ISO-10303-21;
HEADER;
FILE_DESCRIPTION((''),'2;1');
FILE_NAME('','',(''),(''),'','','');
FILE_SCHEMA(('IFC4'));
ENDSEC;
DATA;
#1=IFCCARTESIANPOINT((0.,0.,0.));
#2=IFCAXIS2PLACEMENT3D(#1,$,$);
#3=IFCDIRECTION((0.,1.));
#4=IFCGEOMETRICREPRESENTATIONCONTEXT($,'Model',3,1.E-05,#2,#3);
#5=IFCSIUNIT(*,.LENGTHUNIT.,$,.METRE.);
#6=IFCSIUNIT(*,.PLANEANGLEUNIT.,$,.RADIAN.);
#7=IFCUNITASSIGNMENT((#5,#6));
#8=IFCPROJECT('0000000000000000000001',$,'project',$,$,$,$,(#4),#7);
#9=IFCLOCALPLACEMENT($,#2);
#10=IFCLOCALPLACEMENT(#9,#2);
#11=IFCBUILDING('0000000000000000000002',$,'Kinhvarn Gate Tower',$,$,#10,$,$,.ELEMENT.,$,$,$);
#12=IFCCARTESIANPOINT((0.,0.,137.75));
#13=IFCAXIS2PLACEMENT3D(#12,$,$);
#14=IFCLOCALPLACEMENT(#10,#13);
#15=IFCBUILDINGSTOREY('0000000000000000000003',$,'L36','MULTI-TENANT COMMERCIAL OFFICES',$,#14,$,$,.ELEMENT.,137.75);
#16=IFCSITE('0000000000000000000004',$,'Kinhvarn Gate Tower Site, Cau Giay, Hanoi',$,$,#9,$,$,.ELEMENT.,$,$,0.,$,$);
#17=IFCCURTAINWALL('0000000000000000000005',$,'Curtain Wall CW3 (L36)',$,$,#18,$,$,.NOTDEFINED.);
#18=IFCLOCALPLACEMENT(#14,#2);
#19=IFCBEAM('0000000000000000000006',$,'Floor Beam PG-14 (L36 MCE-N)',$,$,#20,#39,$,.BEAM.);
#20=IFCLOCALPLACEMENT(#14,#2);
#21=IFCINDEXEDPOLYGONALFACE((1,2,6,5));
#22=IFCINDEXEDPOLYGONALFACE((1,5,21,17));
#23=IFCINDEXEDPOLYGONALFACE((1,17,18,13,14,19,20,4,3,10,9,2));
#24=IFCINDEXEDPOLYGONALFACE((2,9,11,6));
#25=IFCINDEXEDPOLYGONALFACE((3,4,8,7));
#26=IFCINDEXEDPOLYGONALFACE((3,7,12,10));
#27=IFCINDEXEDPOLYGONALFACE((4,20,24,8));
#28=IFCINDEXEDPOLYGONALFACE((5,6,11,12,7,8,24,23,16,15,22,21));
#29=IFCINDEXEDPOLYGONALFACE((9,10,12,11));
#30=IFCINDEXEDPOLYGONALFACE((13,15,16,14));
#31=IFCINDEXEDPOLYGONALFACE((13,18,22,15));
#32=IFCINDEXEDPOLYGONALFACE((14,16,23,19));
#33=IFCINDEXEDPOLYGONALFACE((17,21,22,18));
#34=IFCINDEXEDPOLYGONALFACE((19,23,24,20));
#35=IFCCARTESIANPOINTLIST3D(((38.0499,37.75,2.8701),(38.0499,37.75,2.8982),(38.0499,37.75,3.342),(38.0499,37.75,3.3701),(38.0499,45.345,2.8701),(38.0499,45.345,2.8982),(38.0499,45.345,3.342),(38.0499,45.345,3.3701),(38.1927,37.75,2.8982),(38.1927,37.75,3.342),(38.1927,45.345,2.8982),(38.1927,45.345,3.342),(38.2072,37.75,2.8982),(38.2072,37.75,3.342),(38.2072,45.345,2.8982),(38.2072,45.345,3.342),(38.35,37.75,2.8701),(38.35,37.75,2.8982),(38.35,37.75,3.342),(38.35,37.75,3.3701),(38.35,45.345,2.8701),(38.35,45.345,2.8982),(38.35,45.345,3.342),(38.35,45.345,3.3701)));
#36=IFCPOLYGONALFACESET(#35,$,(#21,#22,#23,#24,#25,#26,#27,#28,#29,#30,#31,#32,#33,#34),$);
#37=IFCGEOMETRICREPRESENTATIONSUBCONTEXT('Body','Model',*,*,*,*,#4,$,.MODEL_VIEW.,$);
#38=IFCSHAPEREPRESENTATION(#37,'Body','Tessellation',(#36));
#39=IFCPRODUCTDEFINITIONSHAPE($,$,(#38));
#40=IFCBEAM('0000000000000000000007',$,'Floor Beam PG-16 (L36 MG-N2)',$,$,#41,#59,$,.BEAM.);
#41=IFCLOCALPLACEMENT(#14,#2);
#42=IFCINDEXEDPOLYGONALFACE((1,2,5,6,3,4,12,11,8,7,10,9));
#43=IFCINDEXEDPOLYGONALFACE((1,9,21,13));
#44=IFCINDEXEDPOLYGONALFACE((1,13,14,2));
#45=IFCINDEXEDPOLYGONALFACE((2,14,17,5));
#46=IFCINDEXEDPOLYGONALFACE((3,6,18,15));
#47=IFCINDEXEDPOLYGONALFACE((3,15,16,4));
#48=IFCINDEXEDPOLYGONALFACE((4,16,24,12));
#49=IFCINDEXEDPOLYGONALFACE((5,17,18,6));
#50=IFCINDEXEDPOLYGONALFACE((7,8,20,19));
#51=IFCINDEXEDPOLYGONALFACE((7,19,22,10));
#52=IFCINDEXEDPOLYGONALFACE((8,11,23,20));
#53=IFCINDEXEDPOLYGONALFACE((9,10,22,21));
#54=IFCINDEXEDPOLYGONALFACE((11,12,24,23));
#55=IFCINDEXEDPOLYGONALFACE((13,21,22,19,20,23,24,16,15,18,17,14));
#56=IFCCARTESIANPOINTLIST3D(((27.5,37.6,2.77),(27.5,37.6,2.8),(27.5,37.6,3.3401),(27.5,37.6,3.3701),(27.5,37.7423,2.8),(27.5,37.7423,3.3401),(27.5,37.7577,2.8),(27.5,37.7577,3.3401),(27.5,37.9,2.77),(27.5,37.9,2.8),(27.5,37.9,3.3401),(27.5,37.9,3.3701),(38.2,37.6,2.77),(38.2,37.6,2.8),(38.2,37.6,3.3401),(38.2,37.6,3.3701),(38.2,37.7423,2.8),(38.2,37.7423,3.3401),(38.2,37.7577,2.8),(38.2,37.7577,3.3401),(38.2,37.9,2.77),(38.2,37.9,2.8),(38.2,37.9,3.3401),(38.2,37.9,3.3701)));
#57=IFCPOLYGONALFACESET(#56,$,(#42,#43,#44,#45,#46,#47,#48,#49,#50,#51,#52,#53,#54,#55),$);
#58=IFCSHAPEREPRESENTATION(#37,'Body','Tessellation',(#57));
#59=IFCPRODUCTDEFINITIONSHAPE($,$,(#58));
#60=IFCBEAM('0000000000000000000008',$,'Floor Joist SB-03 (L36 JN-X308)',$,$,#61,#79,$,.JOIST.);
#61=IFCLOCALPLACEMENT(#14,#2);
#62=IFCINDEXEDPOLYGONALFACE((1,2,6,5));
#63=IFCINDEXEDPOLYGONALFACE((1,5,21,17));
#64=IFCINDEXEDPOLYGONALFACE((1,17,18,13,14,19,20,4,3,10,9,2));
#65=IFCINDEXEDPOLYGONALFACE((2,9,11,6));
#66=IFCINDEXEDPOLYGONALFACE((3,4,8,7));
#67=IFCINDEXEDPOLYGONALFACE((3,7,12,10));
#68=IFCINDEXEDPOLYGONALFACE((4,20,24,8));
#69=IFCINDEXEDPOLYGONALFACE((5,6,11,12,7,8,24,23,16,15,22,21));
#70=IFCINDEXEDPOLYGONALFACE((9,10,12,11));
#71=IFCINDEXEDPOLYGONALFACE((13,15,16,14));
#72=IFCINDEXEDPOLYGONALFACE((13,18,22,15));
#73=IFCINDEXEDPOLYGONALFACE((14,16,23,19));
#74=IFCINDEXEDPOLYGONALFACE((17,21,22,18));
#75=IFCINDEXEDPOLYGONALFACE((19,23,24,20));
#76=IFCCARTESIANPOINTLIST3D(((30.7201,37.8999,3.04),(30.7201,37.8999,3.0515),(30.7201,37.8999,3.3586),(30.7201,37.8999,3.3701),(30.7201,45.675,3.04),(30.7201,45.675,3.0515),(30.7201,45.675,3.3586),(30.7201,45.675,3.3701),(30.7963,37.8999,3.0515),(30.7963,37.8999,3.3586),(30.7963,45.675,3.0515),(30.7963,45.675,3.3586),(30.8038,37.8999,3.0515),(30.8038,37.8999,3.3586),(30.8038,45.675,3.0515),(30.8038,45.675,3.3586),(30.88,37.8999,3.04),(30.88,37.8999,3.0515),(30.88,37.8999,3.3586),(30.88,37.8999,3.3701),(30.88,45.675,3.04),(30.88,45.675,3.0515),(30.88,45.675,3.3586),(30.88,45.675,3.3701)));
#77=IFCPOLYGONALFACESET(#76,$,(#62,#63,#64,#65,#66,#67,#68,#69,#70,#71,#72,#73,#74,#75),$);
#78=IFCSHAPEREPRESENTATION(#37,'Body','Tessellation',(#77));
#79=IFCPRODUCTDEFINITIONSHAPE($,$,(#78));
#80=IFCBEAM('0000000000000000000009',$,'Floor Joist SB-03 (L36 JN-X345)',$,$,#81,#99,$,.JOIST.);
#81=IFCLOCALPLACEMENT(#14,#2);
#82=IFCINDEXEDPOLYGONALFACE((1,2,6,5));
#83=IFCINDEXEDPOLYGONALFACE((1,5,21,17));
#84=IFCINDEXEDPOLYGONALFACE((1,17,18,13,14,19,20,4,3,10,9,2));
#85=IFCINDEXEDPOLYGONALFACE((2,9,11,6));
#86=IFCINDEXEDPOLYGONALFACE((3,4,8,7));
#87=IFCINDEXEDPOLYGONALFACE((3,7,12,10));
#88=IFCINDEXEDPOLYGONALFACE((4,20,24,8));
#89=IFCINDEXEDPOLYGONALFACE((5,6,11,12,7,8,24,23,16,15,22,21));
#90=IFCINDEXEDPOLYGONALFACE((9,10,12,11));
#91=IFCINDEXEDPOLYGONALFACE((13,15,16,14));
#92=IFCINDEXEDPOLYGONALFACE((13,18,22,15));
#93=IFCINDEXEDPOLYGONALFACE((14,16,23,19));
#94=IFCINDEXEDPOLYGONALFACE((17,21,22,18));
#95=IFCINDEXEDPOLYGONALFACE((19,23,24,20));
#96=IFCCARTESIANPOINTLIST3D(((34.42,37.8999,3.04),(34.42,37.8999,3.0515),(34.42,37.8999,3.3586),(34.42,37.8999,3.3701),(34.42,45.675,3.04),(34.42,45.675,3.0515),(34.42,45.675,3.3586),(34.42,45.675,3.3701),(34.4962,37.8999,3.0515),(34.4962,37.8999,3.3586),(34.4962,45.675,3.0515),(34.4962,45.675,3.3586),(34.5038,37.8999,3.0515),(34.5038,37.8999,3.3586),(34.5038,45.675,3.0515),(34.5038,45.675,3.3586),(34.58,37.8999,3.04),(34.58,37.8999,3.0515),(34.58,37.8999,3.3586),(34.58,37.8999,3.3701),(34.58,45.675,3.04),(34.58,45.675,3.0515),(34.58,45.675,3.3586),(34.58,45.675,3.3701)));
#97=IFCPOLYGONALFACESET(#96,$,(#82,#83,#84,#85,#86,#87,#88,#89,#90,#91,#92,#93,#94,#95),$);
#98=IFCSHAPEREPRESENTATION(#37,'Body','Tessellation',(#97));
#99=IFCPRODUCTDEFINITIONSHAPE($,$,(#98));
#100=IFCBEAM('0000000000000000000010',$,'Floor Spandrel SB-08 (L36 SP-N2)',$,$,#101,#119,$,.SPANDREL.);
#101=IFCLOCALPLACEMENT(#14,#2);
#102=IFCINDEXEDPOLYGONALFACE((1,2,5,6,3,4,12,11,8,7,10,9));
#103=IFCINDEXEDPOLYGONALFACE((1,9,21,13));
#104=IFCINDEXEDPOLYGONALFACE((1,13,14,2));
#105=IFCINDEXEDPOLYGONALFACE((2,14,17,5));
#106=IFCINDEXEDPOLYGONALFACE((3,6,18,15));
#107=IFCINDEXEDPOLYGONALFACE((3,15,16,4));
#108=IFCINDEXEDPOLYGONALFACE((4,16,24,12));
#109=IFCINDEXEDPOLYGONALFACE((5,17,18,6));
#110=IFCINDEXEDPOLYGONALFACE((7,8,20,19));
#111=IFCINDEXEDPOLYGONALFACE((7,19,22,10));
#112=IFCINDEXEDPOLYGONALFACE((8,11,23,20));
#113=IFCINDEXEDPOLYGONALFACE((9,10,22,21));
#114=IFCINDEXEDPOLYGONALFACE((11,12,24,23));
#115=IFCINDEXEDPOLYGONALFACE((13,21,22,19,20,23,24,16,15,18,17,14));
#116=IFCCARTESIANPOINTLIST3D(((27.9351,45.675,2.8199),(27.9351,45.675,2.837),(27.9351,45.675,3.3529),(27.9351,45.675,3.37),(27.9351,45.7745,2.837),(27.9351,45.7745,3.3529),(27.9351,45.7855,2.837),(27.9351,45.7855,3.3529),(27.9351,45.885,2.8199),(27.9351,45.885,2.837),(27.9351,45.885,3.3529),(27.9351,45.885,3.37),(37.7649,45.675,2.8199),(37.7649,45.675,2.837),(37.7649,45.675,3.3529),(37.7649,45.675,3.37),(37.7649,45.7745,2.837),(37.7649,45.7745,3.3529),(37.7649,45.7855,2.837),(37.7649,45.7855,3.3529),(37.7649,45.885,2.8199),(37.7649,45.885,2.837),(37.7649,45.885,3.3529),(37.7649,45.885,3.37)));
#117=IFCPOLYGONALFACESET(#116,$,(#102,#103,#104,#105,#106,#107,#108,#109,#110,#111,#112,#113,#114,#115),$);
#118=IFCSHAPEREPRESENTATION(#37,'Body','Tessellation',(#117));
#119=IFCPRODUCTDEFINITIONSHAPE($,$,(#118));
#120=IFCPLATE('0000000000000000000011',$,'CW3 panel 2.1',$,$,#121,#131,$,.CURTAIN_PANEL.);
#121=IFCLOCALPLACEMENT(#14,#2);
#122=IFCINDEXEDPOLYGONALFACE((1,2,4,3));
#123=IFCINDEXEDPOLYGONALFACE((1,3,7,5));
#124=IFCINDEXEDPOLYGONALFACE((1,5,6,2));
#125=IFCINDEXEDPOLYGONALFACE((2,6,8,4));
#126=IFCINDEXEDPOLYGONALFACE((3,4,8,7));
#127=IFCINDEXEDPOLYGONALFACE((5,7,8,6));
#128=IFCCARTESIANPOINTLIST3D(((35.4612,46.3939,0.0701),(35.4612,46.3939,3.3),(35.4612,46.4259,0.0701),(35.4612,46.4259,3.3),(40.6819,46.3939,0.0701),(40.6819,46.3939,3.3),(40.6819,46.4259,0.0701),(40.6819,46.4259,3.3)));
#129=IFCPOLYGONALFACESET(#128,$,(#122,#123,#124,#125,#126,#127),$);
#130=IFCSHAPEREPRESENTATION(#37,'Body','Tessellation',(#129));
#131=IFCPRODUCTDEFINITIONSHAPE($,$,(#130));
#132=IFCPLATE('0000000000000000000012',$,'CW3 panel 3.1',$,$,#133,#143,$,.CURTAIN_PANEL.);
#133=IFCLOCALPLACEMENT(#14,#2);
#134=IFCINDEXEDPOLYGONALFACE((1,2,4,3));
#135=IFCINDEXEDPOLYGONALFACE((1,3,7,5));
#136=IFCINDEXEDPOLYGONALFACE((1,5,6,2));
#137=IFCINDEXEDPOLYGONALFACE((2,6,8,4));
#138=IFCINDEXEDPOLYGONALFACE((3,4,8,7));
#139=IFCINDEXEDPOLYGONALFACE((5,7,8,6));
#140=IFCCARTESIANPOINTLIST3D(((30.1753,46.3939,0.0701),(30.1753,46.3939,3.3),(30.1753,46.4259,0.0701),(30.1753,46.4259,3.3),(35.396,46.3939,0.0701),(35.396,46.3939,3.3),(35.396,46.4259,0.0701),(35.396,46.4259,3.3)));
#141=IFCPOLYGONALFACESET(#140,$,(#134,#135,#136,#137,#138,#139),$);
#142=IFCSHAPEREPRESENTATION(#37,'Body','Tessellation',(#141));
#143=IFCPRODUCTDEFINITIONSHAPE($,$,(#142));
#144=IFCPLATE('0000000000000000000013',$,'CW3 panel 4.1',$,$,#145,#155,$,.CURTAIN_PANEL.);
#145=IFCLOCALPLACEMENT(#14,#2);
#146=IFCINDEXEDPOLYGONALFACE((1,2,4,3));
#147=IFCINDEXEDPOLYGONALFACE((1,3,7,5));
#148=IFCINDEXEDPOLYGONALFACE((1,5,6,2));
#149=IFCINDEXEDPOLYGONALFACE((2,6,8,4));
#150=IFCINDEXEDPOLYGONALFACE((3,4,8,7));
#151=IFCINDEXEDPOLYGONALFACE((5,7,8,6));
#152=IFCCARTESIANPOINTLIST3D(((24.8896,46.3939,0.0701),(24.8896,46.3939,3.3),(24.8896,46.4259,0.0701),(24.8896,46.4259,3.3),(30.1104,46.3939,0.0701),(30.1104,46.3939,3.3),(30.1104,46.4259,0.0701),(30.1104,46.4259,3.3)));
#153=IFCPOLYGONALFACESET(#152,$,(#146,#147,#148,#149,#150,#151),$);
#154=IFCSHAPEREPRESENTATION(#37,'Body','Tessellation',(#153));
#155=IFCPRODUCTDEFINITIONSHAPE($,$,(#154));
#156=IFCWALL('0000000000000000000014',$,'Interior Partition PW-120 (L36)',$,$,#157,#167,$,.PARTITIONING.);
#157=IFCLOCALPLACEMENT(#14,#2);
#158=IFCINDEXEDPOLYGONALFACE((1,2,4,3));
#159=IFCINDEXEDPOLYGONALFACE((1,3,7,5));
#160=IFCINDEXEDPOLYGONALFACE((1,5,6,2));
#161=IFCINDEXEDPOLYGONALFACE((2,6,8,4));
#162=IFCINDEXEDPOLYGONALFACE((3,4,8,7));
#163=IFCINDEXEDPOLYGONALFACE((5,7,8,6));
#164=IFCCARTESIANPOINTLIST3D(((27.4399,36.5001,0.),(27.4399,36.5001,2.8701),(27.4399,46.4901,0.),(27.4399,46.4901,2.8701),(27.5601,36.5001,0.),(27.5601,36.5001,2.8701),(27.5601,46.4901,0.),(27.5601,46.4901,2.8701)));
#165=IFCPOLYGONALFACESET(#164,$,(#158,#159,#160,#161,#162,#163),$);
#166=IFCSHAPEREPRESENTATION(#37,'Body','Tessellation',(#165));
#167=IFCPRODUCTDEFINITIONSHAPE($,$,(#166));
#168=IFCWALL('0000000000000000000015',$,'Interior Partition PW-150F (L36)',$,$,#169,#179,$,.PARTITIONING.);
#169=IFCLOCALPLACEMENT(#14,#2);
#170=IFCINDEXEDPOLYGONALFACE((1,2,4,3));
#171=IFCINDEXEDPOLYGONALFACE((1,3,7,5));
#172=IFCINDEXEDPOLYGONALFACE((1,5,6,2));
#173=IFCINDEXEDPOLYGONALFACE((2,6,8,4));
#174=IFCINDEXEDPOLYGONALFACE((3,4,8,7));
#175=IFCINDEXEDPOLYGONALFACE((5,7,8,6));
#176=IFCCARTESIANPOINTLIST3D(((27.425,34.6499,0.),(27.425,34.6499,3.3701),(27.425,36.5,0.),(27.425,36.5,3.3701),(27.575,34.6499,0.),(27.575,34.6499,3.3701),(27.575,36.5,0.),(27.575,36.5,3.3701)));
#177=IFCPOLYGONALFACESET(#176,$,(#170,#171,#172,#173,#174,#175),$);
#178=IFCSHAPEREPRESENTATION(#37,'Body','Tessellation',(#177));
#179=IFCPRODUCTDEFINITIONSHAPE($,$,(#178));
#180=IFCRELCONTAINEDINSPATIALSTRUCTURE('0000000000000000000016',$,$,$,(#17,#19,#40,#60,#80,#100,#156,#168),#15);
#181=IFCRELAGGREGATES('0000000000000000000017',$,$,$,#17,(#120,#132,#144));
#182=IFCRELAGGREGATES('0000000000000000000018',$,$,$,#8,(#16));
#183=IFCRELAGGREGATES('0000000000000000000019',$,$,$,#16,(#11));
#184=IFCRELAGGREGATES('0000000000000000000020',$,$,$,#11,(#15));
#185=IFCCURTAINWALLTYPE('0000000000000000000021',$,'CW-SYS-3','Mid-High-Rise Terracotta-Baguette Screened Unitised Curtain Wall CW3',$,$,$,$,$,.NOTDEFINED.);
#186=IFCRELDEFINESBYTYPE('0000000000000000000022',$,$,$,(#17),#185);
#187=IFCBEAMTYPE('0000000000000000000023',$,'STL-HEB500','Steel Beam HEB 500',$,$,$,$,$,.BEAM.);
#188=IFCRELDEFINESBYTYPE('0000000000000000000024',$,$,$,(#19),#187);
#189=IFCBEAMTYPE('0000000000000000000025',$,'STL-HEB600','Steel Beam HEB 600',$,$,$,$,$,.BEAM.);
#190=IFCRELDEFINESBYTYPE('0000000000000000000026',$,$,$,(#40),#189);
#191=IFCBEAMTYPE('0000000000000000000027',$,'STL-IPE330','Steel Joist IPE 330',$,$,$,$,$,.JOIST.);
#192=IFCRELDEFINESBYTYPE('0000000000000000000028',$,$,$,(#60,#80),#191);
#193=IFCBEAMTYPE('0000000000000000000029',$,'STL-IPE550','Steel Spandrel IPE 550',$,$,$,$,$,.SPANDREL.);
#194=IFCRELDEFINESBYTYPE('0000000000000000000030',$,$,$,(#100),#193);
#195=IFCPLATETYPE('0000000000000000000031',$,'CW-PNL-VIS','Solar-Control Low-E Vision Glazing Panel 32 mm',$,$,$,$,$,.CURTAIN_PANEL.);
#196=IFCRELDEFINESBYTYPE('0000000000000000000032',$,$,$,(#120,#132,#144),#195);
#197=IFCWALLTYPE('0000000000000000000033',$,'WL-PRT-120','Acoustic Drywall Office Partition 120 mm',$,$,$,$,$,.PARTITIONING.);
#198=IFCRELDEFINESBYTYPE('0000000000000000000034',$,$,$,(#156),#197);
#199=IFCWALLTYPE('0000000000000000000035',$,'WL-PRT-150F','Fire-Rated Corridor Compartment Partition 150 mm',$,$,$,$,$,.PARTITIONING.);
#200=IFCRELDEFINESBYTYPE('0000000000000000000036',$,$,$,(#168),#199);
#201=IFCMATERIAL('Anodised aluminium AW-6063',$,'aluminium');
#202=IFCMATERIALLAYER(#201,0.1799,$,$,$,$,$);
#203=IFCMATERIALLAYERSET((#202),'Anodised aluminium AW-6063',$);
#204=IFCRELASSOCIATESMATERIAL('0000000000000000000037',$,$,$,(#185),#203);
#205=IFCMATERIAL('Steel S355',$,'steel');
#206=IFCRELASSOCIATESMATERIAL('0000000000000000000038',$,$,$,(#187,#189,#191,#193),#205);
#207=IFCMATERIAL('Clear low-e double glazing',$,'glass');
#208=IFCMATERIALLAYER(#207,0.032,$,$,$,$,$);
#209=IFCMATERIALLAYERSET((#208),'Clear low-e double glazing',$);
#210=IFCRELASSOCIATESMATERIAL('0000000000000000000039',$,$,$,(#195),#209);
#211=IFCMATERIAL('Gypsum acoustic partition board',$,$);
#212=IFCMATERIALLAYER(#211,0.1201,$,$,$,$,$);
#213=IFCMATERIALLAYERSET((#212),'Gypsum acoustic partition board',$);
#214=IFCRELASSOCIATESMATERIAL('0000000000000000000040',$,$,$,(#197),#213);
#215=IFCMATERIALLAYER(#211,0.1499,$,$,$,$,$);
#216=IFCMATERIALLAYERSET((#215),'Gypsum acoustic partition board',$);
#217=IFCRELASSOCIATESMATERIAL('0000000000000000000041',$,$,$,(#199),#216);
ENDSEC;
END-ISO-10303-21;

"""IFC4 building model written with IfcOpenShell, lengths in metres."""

from ifc_helpers import new_model, si_unit, direction, frame, frame_2d, origin, origin_2d, place, context, subcontext, project, spatial, rectangle, i_section, extrude, material, layer, layer_set, material_profile, profile_set, type_object, element, aggregate, save


model = new_model("IFC4")

# Units and contexts
model_context = context("Model", 3, precision=1e-05, world=origin(), true_north=direction((0.0, 1.0)))
body_context = subcontext(model_context, "Body", "Model", "MODEL_VIEW")
ifc_project = project(units=[si_unit("LENGTHUNIT", "METRE"), si_unit("PLANEANGLEUNIT", "RADIAN")], contexts=[model_context])

# Site, building, storey
site_placement = place(None, origin())
site = spatial("IfcSite", under=ifc_project, at=site_placement, Name="Kinhvarn Gate Tower Site, Cau Giay, Hanoi", CompositionType="ELEMENT", RefElevation=0.0)
building_placement = place(site_placement, origin())
building = spatial("IfcBuilding", under=site, at=building_placement, Name="Kinhvarn Gate Tower", CompositionType="ELEMENT")
storey_placement = place(building_placement, frame((0.0, 0.0, 137.75)))
storey = spatial("IfcBuildingStorey", under=building, at=storey_placement, Name="L36", Description="MULTI-TENANT COMMERCIAL OFFICES", CompositionType="ELEMENT", Elevation=137.75)

# Curtain wall
ifc_material_1 = material(Name="Anodised aluminium AW-6063", Category="aluminium")
ifc_layer_1 = layer(ifc_material_1, 0.1799)
ifc_layer_set_1 = layer_set([ifc_layer_1], Name="Anodised aluminium AW-6063")
curtain_wall_type = type_object("IfcCurtainWallType", Name="CW-SYS-3", Description="Mid-High-Rise Terracotta-Baguette Screened Unitised Curtain Wall CW3", PredefinedType="NOTDEFINED", material=ifc_layer_set_1)
curtain_wall_placement = place(storey_placement, origin())
curtain_wall = element("IfcCurtainWall", 1, at=curtain_wall_placement, inside=storey, type_object=curtain_wall_type, Name="Curtain Wall CW3 (L36)", PredefinedType="NOTDEFINED")

# Beams
ifc_material_2 = material(Name="Steel S355", Category="steel")
ifc_material_profile_1 = material_profile(ifc_material_2, i_section(OverallWidth=0.3, OverallDepth=0.5, WebThickness=0.0144, FlangeThickness=0.0281, at=origin_2d()), Name="HEB 500")
ifc_profile_set_1 = profile_set([ifc_material_profile_1], Name="Steel S355")
beam_type_1 = type_object("IfcBeamType", Name="STL-HEB500", Description="Steel Beam HEB 500", PredefinedType="BEAM", material=ifc_profile_set_1)
for number, where, z_axis, x_axis, name in (
    (2, (38.2, 37.75, 3.1201), (0.0, 1.0, 0.0), (-1.0, 0.0, 0.0), "Floor Beam PG-14 (L36 MCE-N)"),
):
    element("IfcBeam", number, at=place(storey_placement, frame(where, z_axis=z_axis, x_axis=x_axis)), inside=storey, type_object=beam_type_1, Name=name, PredefinedType="BEAM", context=body_context, shape_type="SweptSolid", body=[
        extrude(i_section(OverallWidth=0.3, OverallDepth=0.5, WebThickness=0.0144, FlangeThickness=0.0281, at=origin_2d()), origin(), (0.0, 0.0, 1.0), 7.595),
    ])
ifc_material_profile_2 = material_profile(ifc_material_2, i_section(OverallWidth=0.3, OverallDepth=0.6001, WebThickness=0.0154, FlangeThickness=0.03, at=origin_2d()), Name="HEB 600")
ifc_profile_set_2 = profile_set([ifc_material_profile_2], Name="Steel S355")
beam_type_2 = type_object("IfcBeamType", Name="STL-HEB600", Description="Steel Beam HEB 600", PredefinedType="BEAM", material=ifc_profile_set_2)
beam_1_placement = place(storey_placement, frame((27.5, 37.75, 3.0701), z_axis=(1.0, 0.0, 0.0), x_axis=(0.0, 1.0, 0.0)))
element("IfcBeam", 3, at=beam_1_placement, inside=storey, type_object=beam_type_2, Name="Floor Beam PG-16 (L36 MG-N2)", PredefinedType="BEAM", context=body_context, shape_type="SweptSolid", body=[
    extrude(i_section(OverallWidth=0.3, OverallDepth=0.6001, WebThickness=0.0154, FlangeThickness=0.03, at=origin_2d()), origin(), (0.0, 0.0, 1.0), 10.7),
])
ifc_material_profile_3 = material_profile(ifc_material_2, i_section(OverallWidth=0.1599, OverallDepth=0.3301, WebThickness=0.0076, FlangeThickness=0.0115, at=origin_2d()), Name="IPE 330")
ifc_profile_set_3 = profile_set([ifc_material_profile_3], Name="Steel S355")
beam_type_3 = type_object("IfcBeamType", Name="STL-IPE330", Description="Steel Joist IPE 330", PredefinedType="JOIST", material=ifc_profile_set_3)
for number, where, z_axis, x_axis, name in (
    (4, (30.8, 37.8999, 3.2051), (0.0, 1.0, 0.0), (-1.0, 0.0, 0.0), "Floor Joist SB-03 (L36 JN-X308)"),
    (5, (34.5, 37.8999, 3.2051), (0.0, 1.0, 0.0), (-1.0, 0.0, 0.0), "Floor Joist SB-03 (L36 JN-X345)"),
):
    element("IfcBeam", number, at=place(storey_placement, frame(where, z_axis=z_axis, x_axis=x_axis)), inside=storey, type_object=beam_type_3, Name=name, PredefinedType="JOIST", context=body_context, shape_type="SweptSolid", body=[
        extrude(i_section(OverallWidth=0.1599, OverallDepth=0.3301, WebThickness=0.0076, FlangeThickness=0.0115, at=origin_2d()), origin(), (0.0, 0.0, 1.0), 7.7751),
    ])
ifc_material_profile_4 = material_profile(ifc_material_2, i_section(OverallWidth=0.21, OverallDepth=0.55, WebThickness=0.011, FlangeThickness=0.0171, at=origin_2d()), Name="IPE 550")
ifc_profile_set_4 = profile_set([ifc_material_profile_4], Name="Steel S355")
beam_type_4 = type_object("IfcBeamType", Name="STL-IPE550", Description="Steel Spandrel IPE 550", PredefinedType="SPANDREL", material=ifc_profile_set_4)
beam_2_placement = place(storey_placement, frame((27.9351, 45.78, 3.095), z_axis=(1.0, 0.0, 0.0), x_axis=(0.0, 1.0, 0.0)))
element("IfcBeam", 6, at=beam_2_placement, inside=storey, type_object=beam_type_4, Name="Floor Spandrel SB-08 (L36 SP-N2)", PredefinedType="SPANDREL", context=body_context, shape_type="SweptSolid", body=[
    extrude(i_section(OverallWidth=0.21, OverallDepth=0.55, WebThickness=0.011, FlangeThickness=0.0171, at=origin_2d()), origin(), (0.0, 0.0, 1.0), 9.8298),
])

# Plates
ifc_material_3 = material(Name="Clear low-e double glazing", Category="glass")
ifc_layer_2 = layer(ifc_material_3, 0.032)
ifc_layer_set_2 = layer_set([ifc_layer_2], Name="Clear low-e double glazing")
plate_type = type_object("IfcPlateType", Name="CW-PNL-VIS", Description="Solar-Control Low-E Vision Glazing Panel 32 mm", PredefinedType="CURTAIN_PANEL", material=ifc_layer_set_2)
plate_1_placement = place(storey_placement, frame((38.0715, 46.4099, 0.0701), z_axis=(0.0, 0.0, 1.0), x_axis=(-1.0, 0.0, 0.0)))
plate_1 = element("IfcPlate", 7, at=plate_1_placement, type_object=plate_type, Name="CW3 panel 2.1", PredefinedType="CURTAIN_PANEL", context=body_context, shape_type="SweptSolid", body=[
    extrude(rectangle(XDim=5.2207, YDim=0.032, at=origin_2d()), origin(), (0.0, 0.0, 1.0), 3.23),
])
plate_2_placement = place(storey_placement, frame((32.7856, 46.4099, 0.0701), z_axis=(0.0, 0.0, 1.0), x_axis=(-1.0, 0.0, 0.0)))
plate_2 = element("IfcPlate", 8, at=plate_2_placement, type_object=plate_type, Name="CW3 panel 3.1", PredefinedType="CURTAIN_PANEL", context=body_context, shape_type="SweptSolid", body=[
    extrude(rectangle(XDim=5.2207, YDim=0.032, at=origin_2d()), origin(), (0.0, 0.0, 1.0), 3.23),
])
plate_3_placement = place(storey_placement, frame((27.5, 46.4099, 0.0701), z_axis=(0.0, 0.0, 1.0), x_axis=(-1.0, 0.0, 0.0)))
plate_3 = element("IfcPlate", 9, at=plate_3_placement, type_object=plate_type, Name="CW3 panel 4.1", PredefinedType="CURTAIN_PANEL", context=body_context, shape_type="SweptSolid", body=[
    extrude(rectangle(XDim=5.2207, YDim=0.032, at=origin_2d()), origin(), (0.0, 0.0, 1.0), 3.23),
])
aggregate(curtain_wall, [plate_1, plate_2, plate_3])

# Walls
ifc_material_4 = material(Name="Gypsum acoustic partition board")
ifc_layer_3 = layer(ifc_material_4, 0.1201)
ifc_layer_set_3 = layer_set([ifc_layer_3], Name="Gypsum acoustic partition board")
wall_type_1 = type_object("IfcWallType", Name="WL-PRT-120", Description="Acoustic Drywall Office Partition 120 mm", PredefinedType="PARTITIONING", material=ifc_layer_set_3)
wall_1_placement = place(storey_placement, frame((27.5, 36.5, 0.0), z_axis=(0.0, 0.0, 1.0), x_axis=(0.0, 1.0, 0.0)))
element("IfcWall", 10, at=wall_1_placement, inside=storey, type_object=wall_type_1, Name="Interior Partition PW-120 (L36)", PredefinedType="PARTITIONING", context=body_context, shape_type="SweptSolid", body=[
    extrude(rectangle(XDim=9.99, YDim=0.1201, at=frame_2d((4.9951, 0.0))), origin(), (0.0, 0.0, 1.0), 2.8701),
])
ifc_layer_4 = layer(ifc_material_4, 0.1499)
ifc_layer_set_4 = layer_set([ifc_layer_4], Name="Gypsum acoustic partition board")
wall_type_2 = type_object("IfcWallType", Name="WL-PRT-150F", Description="Fire-Rated Corridor Compartment Partition 150 mm", PredefinedType="PARTITIONING", material=ifc_layer_set_4)
wall_2_placement = place(storey_placement, frame((27.5, 34.6499, 0.0), z_axis=(0.0, 0.0, 1.0), x_axis=(0.0, 1.0, 0.0)))
element("IfcWall", 11, at=wall_2_placement, inside=storey, type_object=wall_type_2, Name="Interior Partition PW-150F (L36)", PredefinedType="PARTITIONING", context=body_context, shape_type="SweptSolid", body=[
    extrude(rectangle(XDim=1.8501, YDim=0.1499, at=frame_2d((0.925, 0.0))), origin(), (0.0, 0.0, 1.0), 3.3701),
])

save(model, "model.ifc")
